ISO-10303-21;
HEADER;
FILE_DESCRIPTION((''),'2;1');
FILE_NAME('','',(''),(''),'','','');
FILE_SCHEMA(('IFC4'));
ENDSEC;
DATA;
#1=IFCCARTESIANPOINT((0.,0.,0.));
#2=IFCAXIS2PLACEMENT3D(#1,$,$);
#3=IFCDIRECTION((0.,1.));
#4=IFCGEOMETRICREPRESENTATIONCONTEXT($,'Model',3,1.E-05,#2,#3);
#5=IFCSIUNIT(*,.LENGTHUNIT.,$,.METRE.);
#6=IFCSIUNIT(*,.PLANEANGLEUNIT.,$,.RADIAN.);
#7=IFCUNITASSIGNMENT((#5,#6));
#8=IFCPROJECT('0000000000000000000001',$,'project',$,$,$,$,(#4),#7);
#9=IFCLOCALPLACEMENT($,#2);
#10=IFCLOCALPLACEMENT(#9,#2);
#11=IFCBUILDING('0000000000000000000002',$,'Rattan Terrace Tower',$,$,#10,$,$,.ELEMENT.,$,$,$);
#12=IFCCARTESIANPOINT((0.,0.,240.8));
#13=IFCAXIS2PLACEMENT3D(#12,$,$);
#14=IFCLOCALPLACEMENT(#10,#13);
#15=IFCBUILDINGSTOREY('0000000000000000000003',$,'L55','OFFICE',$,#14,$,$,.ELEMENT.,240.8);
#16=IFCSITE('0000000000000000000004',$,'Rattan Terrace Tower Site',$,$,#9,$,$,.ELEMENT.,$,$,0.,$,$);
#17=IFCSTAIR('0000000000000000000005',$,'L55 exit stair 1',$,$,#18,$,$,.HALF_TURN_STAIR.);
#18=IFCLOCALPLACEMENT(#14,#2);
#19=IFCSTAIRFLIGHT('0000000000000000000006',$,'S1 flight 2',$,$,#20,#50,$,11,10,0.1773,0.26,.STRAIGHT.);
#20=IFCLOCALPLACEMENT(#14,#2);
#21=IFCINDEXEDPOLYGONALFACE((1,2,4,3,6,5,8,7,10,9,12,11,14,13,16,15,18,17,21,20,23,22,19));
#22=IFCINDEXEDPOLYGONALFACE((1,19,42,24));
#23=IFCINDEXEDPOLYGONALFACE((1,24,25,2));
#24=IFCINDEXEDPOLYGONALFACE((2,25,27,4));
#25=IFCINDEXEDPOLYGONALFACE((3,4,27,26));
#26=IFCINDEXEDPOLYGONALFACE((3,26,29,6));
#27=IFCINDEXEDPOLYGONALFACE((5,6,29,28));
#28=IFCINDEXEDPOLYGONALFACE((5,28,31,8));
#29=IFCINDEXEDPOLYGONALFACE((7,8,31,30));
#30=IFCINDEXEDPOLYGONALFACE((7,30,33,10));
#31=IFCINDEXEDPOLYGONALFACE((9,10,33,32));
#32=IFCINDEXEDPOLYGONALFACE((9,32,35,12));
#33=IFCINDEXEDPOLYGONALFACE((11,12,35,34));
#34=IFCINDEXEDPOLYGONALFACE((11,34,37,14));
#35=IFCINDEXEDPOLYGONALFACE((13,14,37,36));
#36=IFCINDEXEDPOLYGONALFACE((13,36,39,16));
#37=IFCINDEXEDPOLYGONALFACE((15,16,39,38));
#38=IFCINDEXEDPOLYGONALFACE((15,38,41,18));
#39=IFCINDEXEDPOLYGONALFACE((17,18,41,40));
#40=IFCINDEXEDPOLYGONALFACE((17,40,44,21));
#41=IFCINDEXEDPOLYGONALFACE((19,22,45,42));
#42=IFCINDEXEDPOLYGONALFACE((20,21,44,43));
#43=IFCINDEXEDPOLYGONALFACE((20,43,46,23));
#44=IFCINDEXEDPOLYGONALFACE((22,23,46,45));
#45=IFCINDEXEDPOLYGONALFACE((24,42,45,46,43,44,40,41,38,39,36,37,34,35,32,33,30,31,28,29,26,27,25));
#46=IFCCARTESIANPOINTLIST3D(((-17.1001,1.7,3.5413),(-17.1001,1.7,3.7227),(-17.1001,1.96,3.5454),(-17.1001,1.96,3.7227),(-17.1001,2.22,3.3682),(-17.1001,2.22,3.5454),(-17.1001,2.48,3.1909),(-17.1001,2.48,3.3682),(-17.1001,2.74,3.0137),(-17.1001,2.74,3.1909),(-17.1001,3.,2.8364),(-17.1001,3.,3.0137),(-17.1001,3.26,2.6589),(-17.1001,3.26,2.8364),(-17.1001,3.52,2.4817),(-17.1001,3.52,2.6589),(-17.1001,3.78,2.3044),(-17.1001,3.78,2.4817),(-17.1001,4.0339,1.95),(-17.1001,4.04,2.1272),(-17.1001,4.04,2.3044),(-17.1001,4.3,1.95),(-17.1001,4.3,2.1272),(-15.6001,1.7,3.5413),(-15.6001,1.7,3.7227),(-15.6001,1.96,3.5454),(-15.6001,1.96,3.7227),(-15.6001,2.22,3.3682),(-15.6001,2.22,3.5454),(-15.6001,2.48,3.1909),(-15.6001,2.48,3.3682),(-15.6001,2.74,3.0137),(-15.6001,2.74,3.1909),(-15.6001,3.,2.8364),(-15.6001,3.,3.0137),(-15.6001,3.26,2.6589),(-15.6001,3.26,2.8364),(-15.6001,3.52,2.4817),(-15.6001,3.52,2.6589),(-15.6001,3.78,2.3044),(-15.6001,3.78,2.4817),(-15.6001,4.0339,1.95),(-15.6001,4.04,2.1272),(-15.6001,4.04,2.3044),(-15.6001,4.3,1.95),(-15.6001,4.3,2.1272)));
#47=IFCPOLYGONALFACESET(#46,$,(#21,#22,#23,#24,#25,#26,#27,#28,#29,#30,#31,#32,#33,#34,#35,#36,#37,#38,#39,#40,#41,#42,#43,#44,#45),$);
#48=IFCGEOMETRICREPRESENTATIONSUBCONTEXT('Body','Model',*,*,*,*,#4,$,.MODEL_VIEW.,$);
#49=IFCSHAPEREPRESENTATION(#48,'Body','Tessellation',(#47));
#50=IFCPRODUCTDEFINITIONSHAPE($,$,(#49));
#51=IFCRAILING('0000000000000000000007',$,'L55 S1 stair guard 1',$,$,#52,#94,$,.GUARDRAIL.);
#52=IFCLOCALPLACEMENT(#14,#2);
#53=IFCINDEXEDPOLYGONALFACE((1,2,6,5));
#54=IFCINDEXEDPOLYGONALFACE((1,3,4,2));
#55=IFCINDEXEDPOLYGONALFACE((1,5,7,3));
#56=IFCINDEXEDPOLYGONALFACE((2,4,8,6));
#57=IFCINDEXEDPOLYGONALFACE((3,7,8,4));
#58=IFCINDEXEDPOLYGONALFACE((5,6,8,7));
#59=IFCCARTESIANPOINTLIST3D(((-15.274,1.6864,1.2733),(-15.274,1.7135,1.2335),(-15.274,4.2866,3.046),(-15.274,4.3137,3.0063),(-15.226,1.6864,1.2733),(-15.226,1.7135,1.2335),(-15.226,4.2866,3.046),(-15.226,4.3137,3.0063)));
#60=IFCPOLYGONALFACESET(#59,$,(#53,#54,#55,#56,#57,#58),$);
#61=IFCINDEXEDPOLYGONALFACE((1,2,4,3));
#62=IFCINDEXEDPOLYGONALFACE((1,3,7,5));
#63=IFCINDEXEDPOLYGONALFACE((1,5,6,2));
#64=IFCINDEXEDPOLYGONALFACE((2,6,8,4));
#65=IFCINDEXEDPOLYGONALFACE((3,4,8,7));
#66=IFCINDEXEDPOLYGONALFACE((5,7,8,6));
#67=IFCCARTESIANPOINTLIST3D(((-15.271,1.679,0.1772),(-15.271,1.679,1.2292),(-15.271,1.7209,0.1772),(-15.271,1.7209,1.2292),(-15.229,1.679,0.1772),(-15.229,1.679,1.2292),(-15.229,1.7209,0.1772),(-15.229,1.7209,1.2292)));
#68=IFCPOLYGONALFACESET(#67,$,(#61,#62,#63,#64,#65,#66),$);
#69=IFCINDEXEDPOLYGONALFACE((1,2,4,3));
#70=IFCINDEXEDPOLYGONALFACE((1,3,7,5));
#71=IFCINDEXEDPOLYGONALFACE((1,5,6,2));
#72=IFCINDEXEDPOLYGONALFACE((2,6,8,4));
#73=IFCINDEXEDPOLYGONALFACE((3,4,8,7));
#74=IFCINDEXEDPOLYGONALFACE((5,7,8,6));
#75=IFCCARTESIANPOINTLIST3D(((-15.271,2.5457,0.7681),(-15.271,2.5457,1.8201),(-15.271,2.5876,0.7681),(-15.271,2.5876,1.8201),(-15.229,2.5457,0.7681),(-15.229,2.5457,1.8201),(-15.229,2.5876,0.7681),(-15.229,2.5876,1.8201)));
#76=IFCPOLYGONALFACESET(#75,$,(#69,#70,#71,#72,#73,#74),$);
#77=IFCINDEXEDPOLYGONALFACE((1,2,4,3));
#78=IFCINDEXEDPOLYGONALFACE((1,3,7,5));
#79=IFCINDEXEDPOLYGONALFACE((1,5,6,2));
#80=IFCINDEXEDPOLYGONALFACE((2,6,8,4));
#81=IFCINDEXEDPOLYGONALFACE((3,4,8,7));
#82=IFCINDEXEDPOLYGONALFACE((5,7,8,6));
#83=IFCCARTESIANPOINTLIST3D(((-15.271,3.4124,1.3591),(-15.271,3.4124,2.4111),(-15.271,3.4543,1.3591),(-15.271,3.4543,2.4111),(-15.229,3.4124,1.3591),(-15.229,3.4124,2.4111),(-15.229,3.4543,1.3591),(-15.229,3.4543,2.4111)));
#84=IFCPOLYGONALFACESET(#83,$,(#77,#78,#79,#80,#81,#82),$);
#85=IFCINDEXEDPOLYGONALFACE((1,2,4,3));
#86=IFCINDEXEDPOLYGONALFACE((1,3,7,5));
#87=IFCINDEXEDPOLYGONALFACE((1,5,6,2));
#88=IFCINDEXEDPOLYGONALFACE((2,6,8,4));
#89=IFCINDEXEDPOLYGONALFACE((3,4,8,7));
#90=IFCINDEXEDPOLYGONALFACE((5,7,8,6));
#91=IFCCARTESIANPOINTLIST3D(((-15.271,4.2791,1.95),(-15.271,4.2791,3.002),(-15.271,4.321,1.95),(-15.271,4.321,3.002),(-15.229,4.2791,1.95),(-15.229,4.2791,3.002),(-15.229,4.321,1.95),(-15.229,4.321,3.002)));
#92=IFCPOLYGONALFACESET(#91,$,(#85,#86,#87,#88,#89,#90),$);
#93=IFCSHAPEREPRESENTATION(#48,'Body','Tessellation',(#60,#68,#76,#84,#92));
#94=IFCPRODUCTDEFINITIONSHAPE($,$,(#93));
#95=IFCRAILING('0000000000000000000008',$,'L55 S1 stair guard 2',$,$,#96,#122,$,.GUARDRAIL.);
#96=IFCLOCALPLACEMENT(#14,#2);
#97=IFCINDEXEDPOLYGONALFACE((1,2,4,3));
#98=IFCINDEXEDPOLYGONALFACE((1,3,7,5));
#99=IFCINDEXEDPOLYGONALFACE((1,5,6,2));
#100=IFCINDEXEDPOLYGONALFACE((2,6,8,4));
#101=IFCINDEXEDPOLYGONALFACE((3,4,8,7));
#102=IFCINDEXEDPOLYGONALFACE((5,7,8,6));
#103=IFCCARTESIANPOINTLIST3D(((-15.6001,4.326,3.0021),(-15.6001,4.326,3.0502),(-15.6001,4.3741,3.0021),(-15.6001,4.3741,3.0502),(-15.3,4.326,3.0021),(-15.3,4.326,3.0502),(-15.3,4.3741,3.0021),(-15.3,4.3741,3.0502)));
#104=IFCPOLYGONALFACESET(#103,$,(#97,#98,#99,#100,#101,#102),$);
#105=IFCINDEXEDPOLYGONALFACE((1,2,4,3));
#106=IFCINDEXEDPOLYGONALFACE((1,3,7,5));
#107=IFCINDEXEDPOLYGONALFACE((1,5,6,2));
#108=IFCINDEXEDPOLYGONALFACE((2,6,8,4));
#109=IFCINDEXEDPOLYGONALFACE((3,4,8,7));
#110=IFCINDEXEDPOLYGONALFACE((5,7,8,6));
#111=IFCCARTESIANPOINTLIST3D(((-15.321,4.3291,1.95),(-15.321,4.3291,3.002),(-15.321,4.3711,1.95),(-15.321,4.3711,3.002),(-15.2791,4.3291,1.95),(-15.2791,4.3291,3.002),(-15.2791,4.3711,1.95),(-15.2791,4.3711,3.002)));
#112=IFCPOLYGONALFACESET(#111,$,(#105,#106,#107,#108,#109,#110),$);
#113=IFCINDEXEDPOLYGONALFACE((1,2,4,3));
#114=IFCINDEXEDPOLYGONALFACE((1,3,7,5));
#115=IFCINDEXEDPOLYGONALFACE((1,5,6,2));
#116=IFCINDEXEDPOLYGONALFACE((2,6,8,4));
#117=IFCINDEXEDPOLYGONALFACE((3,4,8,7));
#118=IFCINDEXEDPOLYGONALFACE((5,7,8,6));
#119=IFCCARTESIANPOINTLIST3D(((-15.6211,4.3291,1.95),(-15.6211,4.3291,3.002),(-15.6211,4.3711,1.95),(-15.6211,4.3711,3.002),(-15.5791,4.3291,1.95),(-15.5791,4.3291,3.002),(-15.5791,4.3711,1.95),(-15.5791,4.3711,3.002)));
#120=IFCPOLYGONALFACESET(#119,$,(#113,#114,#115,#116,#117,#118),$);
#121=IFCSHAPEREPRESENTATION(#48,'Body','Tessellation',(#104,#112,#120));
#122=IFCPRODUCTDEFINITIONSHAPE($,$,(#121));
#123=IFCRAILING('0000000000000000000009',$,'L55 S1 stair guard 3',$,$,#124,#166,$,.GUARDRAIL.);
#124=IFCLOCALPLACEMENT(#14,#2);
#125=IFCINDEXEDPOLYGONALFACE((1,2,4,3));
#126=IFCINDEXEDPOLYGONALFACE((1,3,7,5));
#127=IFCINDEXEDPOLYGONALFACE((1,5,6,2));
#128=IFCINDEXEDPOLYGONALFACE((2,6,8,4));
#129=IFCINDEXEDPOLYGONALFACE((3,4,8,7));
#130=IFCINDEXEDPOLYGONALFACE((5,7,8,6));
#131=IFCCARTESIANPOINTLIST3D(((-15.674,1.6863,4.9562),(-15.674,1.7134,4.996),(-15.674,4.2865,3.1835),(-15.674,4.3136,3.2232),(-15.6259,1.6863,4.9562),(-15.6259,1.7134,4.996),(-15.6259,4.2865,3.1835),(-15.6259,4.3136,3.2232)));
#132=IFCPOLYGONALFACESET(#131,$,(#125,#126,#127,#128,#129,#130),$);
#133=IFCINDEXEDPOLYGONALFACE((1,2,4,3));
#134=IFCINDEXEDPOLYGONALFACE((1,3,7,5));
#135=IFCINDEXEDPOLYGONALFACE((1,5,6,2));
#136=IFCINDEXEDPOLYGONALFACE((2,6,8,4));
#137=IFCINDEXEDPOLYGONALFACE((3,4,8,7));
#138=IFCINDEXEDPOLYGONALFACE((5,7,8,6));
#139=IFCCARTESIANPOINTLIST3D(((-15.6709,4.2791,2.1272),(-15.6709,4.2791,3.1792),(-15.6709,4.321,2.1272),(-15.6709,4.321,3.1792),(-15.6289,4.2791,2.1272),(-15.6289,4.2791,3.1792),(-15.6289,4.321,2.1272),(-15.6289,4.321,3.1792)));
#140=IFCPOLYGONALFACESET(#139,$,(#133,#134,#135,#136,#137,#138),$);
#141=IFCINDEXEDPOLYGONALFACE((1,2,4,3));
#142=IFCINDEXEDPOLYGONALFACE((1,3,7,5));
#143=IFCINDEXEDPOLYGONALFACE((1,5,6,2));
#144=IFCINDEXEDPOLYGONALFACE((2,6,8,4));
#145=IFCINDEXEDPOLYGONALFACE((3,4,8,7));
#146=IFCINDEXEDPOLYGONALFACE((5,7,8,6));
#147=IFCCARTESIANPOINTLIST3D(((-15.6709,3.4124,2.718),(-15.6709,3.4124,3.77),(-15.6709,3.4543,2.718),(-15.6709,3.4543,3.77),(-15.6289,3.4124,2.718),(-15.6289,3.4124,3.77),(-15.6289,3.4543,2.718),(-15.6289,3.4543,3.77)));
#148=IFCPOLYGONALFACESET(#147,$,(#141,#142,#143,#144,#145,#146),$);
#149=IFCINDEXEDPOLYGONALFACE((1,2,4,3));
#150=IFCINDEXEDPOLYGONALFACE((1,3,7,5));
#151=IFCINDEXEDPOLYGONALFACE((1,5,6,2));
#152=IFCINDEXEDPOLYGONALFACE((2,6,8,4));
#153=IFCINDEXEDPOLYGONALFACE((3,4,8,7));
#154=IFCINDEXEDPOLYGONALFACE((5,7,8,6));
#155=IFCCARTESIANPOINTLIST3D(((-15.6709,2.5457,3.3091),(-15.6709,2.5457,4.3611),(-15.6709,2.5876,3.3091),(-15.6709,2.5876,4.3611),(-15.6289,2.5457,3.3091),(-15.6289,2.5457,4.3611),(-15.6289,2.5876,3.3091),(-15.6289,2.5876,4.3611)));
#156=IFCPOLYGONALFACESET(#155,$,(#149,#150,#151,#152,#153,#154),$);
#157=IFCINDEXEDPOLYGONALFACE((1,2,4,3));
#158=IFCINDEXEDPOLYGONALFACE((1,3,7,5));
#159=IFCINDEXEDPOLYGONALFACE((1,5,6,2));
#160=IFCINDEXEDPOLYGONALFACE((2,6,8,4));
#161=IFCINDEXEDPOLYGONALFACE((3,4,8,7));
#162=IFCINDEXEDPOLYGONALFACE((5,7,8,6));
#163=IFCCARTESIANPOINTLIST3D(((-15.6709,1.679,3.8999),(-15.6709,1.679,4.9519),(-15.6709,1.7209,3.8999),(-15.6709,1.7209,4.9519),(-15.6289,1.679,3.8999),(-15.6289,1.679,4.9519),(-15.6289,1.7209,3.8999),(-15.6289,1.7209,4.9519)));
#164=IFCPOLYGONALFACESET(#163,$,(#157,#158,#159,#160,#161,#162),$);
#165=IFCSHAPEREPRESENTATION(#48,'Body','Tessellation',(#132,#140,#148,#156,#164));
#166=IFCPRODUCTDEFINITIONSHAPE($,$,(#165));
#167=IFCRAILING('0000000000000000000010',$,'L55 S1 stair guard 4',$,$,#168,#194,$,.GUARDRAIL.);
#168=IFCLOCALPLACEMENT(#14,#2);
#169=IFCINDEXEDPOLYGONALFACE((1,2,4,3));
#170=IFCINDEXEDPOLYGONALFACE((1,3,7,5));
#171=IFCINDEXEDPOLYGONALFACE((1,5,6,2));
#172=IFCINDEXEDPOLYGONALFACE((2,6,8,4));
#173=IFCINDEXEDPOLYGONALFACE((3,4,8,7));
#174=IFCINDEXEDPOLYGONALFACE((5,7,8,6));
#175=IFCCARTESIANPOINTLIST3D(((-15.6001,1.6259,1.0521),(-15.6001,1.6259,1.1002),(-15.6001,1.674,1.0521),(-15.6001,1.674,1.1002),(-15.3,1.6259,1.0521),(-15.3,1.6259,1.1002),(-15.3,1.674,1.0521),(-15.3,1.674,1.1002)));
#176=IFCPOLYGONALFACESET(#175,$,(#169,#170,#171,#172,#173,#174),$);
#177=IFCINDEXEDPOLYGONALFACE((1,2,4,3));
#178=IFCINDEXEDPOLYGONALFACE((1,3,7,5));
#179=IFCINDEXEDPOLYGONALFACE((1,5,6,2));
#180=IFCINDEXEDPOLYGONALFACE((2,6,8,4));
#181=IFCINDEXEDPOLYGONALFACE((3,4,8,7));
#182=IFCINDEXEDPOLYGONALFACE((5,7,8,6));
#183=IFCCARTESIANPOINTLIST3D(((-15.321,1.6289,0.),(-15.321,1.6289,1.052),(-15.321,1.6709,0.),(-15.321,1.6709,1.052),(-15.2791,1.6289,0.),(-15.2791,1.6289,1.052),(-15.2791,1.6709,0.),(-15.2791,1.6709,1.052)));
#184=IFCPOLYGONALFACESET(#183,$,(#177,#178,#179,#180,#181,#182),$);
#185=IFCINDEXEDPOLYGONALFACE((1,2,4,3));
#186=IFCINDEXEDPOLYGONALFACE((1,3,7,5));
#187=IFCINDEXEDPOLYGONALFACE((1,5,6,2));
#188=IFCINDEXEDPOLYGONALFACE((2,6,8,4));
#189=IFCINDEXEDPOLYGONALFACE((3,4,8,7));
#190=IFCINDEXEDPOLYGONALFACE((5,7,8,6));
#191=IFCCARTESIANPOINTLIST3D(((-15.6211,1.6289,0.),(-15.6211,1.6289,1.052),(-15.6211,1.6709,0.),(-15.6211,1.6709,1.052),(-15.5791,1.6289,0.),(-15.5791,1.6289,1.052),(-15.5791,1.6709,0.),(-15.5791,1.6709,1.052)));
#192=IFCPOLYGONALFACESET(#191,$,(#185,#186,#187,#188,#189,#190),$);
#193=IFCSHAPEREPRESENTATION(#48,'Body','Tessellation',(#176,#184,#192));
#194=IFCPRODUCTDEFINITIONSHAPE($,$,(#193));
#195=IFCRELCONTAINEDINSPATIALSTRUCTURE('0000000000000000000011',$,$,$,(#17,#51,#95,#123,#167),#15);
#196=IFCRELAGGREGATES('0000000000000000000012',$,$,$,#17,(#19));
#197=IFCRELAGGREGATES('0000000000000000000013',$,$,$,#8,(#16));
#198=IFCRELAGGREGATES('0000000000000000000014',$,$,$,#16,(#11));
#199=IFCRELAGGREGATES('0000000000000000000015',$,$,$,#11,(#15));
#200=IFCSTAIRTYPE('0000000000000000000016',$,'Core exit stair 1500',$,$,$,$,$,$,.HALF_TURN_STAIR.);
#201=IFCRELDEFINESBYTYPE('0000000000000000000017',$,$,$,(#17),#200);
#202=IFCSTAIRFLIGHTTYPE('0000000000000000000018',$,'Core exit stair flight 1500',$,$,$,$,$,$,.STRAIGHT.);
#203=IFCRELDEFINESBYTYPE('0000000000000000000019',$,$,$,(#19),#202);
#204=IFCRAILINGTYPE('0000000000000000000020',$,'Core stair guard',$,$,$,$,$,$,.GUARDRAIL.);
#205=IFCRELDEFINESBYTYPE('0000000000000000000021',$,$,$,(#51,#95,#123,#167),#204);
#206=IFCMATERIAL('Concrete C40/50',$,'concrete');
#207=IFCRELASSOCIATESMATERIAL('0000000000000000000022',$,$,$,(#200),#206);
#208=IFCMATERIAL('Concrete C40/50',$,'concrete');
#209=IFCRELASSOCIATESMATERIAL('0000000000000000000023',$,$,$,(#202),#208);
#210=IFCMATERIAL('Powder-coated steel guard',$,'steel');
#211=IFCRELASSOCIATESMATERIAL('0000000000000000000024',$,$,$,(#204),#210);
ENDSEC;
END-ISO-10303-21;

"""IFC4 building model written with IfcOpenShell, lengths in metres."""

from ifc_helpers import new_model, si_unit, direction, frame, origin, origin_2d, place, context, subcontext, project, spatial, polyline, rectangle, outline, extrude, material, type_object, element, aggregate, save


model = new_model("IFC4")

# Units and contexts
model_context = context("Model", 3, precision=1e-05, world=origin(), true_north=direction((0.0, 1.0)))
body_context = subcontext(model_context, "Body", "Model", "MODEL_VIEW")
ifc_project = project(units=[si_unit("LENGTHUNIT", "METRE"), si_unit("PLANEANGLEUNIT", "RADIAN")], contexts=[model_context])

# Site, building, storey
site_placement = place(None, origin())
site = spatial("IfcSite", under=ifc_project, at=site_placement, Name="Rattan Terrace Tower Site", CompositionType="ELEMENT", RefElevation=0.0)
building_placement = place(site_placement, origin())
building = spatial("IfcBuilding", under=site, at=building_placement, Name="Rattan Terrace Tower", CompositionType="ELEMENT")
storey_placement = place(building_placement, frame((0.0, 0.0, 240.8)))
storey = spatial("IfcBuildingStorey", under=building, at=storey_placement, Name="L55", Description="OFFICE", CompositionType="ELEMENT", Elevation=240.8)

# Stair, stair flight
ifc_material_1 = material(Name="Concrete C40/50", Category="concrete")
stair_type = type_object("IfcStairType", Name="Core exit stair 1500", PredefinedType="HALF_TURN_STAIR", material=ifc_material_1)
stair_placement = place(storey_placement, origin())
stair = element("IfcStair", 1, at=stair_placement, inside=storey, type_object=stair_type, Name="L55 exit stair 1", PredefinedType="HALF_TURN_STAIR")
ifc_material_2 = material(Name="Concrete C40/50", Category="concrete")
stair_flight_type = type_object("IfcStairFlightType", Name="Core exit stair flight 1500", PredefinedType="STRAIGHT", material=ifc_material_2)
stair_flight_placement = place(storey_placement, frame((-16.3501, 4.3, 1.95), z_axis=(0.0, 0.0, 1.0), x_axis=(0.0, -1.0, 0.0)))
stair_flight = element("IfcStairFlight", 2, at=stair_flight_placement, type_object=stair_flight_type, Name="S1 flight 2", NumberOfRisers=11, NumberOfTreads=10, PredefinedType="STRAIGHT", RiserHeight=0.1773, TreadLength=0.26, context=body_context, shape_type="SweptSolid", body=[
    extrude(outline(polyline([(0.0, 0.0), (0.0, 0.1772), (0.26, 0.1772), (0.26, 0.3545), (0.52, 0.3545), (0.52, 0.5317), (0.78, 0.5317), (0.78, 0.709), (1.04, 0.709), (1.04, 0.8865), (1.3, 0.8865), (1.3, 1.0637), (1.5601, 1.0637), (1.5601, 1.241), (1.8201, 1.241), (1.8201, 1.4182), (2.0801, 1.4182), (2.0801, 1.5955), (2.3401, 1.5955), (2.3401, 1.7727), (2.6001, 1.7727), (2.6001, 1.95), (2.6001, 1.5913), (0.2661, 0.0), (0.0, 0.0)])), frame((0.0, 0.75, 0.0), z_axis=(0.0, -1.0, 0.0), x_axis=(1.0, 0.0, 0.0)), (0.0, 0.0, 1.0), 1.5),
])
aggregate(stair, [stair_flight])

# Railings
ifc_material_3 = material(Name="Powder-coated steel guard", Category="steel")
railing_type_1 = type_object("IfcRailingType", Name="Core stair guard", PredefinedType="GUARDRAIL", material=ifc_material_3)
railing_1_placement = place(storey_placement, frame((-15.25, 1.7, 0.1772)))
element("IfcRailing", 3, at=railing_1_placement, inside=storey, type_object=railing_type_1, Name="L55 S1 stair guard 1", PredefinedType="GUARDRAIL", context=body_context, shape_type="SweptSolid", body=[
    extrude(rectangle(XDim=0.0481, YDim=0.0481, at=origin_2d()), frame((0.0, 0.0, 1.0762), z_axis=(0.0, 0.82624, 0.563318), x_axis=(-1.0, 0.0, 0.0)), (0.0, 0.0, 1.0), 3.147),
    extrude(rectangle(XDim=0.042, YDim=0.042, at=origin_2d()), origin(), (0.0, 0.0, 1.0), 1.052),
    extrude(rectangle(XDim=0.042, YDim=0.042, at=origin_2d()), frame((0.0, 0.8667, 0.5908)), (0.0, 0.0, 1.0), 1.052),
    extrude(rectangle(XDim=0.042, YDim=0.042, at=origin_2d()), frame((0.0, 1.7334, 1.1819)), (0.0, 0.0, 1.0), 1.052),
    extrude(rectangle(XDim=0.042, YDim=0.042, at=origin_2d()), frame((0.0, 2.6001, 1.7727)), (0.0, 0.0, 1.0), 1.052),
])
railing_2_placement = place(storey_placement, frame((-15.3, 4.3501, 1.95)))
element("IfcRailing", 4, at=railing_2_placement, inside=storey, type_object=railing_type_1, Name="L55 S1 stair guard 2", PredefinedType="GUARDRAIL", context=body_context, shape_type="SweptSolid", body=[
    extrude(rectangle(XDim=0.0481, YDim=0.0481, at=origin_2d()), frame((0.0, 0.0, 1.0762), z_axis=(-1.0, 0.0, 0.0), x_axis=(0.0, -1.0, 0.0)), (0.0, 0.0, 1.0), 0.3),
    extrude(rectangle(XDim=0.042, YDim=0.042, at=origin_2d()), origin(), (0.0, 0.0, 1.0), 1.052),
    extrude(rectangle(XDim=0.042, YDim=0.042, at=origin_2d()), frame((-0.3, 0.0, 0.0)), (0.0, 0.0, 1.0), 1.052),
])
railing_3_placement = place(storey_placement, frame((-15.6499, 4.3, 2.1272)))
element("IfcRailing", 5, at=railing_3_placement, inside=storey, type_object=railing_type_1, Name="L55 S1 stair guard 3", PredefinedType="GUARDRAIL", context=body_context, shape_type="SweptSolid", body=[
    extrude(rectangle(XDim=0.0481, YDim=0.0481, at=origin_2d()), frame((0.0, 0.0, 1.0762), z_axis=(0.0, -0.82624, 0.563318), x_axis=(1.0, 0.0, 0.0)), (0.0, 0.0, 1.0), 3.147),
    extrude(rectangle(XDim=0.042, YDim=0.042, at=origin_2d()), origin(), (0.0, 0.0, 1.0), 1.052),
    extrude(rectangle(XDim=0.042, YDim=0.042, at=origin_2d()), frame((0.0, -0.8667, 0.5908)), (0.0, 0.0, 1.0), 1.052),
    extrude(rectangle(XDim=0.042, YDim=0.042, at=origin_2d()), frame((0.0, -1.7334, 1.1819)), (0.0, 0.0, 1.0), 1.052),
    extrude(rectangle(XDim=0.042, YDim=0.042, at=origin_2d()), frame((0.0, -2.6001, 1.7727)), (0.0, 0.0, 1.0), 1.052),
])
railing_4_placement = place(storey_placement, frame((-15.3, 1.6499, 0.0)))
element("IfcRailing", 6, at=railing_4_placement, inside=storey, type_object=railing_type_1, Name="L55 S1 stair guard 4", PredefinedType="GUARDRAIL", context=body_context, shape_type="SweptSolid", body=[
    extrude(rectangle(XDim=0.0481, YDim=0.0481, at=origin_2d()), frame((0.0, 0.0, 1.0762), z_axis=(-1.0, 0.0, 0.0), x_axis=(0.0, -1.0, 0.0)), (0.0, 0.0, 1.0), 0.3),
    extrude(rectangle(XDim=0.042, YDim=0.042, at=origin_2d()), origin(), (0.0, 0.0, 1.0), 1.052),
    extrude(rectangle(XDim=0.042, YDim=0.042, at=origin_2d()), frame((-0.3, 0.0, 0.0)), (0.0, 0.0, 1.0), 1.052),
])

save(model, "model.ifc")
